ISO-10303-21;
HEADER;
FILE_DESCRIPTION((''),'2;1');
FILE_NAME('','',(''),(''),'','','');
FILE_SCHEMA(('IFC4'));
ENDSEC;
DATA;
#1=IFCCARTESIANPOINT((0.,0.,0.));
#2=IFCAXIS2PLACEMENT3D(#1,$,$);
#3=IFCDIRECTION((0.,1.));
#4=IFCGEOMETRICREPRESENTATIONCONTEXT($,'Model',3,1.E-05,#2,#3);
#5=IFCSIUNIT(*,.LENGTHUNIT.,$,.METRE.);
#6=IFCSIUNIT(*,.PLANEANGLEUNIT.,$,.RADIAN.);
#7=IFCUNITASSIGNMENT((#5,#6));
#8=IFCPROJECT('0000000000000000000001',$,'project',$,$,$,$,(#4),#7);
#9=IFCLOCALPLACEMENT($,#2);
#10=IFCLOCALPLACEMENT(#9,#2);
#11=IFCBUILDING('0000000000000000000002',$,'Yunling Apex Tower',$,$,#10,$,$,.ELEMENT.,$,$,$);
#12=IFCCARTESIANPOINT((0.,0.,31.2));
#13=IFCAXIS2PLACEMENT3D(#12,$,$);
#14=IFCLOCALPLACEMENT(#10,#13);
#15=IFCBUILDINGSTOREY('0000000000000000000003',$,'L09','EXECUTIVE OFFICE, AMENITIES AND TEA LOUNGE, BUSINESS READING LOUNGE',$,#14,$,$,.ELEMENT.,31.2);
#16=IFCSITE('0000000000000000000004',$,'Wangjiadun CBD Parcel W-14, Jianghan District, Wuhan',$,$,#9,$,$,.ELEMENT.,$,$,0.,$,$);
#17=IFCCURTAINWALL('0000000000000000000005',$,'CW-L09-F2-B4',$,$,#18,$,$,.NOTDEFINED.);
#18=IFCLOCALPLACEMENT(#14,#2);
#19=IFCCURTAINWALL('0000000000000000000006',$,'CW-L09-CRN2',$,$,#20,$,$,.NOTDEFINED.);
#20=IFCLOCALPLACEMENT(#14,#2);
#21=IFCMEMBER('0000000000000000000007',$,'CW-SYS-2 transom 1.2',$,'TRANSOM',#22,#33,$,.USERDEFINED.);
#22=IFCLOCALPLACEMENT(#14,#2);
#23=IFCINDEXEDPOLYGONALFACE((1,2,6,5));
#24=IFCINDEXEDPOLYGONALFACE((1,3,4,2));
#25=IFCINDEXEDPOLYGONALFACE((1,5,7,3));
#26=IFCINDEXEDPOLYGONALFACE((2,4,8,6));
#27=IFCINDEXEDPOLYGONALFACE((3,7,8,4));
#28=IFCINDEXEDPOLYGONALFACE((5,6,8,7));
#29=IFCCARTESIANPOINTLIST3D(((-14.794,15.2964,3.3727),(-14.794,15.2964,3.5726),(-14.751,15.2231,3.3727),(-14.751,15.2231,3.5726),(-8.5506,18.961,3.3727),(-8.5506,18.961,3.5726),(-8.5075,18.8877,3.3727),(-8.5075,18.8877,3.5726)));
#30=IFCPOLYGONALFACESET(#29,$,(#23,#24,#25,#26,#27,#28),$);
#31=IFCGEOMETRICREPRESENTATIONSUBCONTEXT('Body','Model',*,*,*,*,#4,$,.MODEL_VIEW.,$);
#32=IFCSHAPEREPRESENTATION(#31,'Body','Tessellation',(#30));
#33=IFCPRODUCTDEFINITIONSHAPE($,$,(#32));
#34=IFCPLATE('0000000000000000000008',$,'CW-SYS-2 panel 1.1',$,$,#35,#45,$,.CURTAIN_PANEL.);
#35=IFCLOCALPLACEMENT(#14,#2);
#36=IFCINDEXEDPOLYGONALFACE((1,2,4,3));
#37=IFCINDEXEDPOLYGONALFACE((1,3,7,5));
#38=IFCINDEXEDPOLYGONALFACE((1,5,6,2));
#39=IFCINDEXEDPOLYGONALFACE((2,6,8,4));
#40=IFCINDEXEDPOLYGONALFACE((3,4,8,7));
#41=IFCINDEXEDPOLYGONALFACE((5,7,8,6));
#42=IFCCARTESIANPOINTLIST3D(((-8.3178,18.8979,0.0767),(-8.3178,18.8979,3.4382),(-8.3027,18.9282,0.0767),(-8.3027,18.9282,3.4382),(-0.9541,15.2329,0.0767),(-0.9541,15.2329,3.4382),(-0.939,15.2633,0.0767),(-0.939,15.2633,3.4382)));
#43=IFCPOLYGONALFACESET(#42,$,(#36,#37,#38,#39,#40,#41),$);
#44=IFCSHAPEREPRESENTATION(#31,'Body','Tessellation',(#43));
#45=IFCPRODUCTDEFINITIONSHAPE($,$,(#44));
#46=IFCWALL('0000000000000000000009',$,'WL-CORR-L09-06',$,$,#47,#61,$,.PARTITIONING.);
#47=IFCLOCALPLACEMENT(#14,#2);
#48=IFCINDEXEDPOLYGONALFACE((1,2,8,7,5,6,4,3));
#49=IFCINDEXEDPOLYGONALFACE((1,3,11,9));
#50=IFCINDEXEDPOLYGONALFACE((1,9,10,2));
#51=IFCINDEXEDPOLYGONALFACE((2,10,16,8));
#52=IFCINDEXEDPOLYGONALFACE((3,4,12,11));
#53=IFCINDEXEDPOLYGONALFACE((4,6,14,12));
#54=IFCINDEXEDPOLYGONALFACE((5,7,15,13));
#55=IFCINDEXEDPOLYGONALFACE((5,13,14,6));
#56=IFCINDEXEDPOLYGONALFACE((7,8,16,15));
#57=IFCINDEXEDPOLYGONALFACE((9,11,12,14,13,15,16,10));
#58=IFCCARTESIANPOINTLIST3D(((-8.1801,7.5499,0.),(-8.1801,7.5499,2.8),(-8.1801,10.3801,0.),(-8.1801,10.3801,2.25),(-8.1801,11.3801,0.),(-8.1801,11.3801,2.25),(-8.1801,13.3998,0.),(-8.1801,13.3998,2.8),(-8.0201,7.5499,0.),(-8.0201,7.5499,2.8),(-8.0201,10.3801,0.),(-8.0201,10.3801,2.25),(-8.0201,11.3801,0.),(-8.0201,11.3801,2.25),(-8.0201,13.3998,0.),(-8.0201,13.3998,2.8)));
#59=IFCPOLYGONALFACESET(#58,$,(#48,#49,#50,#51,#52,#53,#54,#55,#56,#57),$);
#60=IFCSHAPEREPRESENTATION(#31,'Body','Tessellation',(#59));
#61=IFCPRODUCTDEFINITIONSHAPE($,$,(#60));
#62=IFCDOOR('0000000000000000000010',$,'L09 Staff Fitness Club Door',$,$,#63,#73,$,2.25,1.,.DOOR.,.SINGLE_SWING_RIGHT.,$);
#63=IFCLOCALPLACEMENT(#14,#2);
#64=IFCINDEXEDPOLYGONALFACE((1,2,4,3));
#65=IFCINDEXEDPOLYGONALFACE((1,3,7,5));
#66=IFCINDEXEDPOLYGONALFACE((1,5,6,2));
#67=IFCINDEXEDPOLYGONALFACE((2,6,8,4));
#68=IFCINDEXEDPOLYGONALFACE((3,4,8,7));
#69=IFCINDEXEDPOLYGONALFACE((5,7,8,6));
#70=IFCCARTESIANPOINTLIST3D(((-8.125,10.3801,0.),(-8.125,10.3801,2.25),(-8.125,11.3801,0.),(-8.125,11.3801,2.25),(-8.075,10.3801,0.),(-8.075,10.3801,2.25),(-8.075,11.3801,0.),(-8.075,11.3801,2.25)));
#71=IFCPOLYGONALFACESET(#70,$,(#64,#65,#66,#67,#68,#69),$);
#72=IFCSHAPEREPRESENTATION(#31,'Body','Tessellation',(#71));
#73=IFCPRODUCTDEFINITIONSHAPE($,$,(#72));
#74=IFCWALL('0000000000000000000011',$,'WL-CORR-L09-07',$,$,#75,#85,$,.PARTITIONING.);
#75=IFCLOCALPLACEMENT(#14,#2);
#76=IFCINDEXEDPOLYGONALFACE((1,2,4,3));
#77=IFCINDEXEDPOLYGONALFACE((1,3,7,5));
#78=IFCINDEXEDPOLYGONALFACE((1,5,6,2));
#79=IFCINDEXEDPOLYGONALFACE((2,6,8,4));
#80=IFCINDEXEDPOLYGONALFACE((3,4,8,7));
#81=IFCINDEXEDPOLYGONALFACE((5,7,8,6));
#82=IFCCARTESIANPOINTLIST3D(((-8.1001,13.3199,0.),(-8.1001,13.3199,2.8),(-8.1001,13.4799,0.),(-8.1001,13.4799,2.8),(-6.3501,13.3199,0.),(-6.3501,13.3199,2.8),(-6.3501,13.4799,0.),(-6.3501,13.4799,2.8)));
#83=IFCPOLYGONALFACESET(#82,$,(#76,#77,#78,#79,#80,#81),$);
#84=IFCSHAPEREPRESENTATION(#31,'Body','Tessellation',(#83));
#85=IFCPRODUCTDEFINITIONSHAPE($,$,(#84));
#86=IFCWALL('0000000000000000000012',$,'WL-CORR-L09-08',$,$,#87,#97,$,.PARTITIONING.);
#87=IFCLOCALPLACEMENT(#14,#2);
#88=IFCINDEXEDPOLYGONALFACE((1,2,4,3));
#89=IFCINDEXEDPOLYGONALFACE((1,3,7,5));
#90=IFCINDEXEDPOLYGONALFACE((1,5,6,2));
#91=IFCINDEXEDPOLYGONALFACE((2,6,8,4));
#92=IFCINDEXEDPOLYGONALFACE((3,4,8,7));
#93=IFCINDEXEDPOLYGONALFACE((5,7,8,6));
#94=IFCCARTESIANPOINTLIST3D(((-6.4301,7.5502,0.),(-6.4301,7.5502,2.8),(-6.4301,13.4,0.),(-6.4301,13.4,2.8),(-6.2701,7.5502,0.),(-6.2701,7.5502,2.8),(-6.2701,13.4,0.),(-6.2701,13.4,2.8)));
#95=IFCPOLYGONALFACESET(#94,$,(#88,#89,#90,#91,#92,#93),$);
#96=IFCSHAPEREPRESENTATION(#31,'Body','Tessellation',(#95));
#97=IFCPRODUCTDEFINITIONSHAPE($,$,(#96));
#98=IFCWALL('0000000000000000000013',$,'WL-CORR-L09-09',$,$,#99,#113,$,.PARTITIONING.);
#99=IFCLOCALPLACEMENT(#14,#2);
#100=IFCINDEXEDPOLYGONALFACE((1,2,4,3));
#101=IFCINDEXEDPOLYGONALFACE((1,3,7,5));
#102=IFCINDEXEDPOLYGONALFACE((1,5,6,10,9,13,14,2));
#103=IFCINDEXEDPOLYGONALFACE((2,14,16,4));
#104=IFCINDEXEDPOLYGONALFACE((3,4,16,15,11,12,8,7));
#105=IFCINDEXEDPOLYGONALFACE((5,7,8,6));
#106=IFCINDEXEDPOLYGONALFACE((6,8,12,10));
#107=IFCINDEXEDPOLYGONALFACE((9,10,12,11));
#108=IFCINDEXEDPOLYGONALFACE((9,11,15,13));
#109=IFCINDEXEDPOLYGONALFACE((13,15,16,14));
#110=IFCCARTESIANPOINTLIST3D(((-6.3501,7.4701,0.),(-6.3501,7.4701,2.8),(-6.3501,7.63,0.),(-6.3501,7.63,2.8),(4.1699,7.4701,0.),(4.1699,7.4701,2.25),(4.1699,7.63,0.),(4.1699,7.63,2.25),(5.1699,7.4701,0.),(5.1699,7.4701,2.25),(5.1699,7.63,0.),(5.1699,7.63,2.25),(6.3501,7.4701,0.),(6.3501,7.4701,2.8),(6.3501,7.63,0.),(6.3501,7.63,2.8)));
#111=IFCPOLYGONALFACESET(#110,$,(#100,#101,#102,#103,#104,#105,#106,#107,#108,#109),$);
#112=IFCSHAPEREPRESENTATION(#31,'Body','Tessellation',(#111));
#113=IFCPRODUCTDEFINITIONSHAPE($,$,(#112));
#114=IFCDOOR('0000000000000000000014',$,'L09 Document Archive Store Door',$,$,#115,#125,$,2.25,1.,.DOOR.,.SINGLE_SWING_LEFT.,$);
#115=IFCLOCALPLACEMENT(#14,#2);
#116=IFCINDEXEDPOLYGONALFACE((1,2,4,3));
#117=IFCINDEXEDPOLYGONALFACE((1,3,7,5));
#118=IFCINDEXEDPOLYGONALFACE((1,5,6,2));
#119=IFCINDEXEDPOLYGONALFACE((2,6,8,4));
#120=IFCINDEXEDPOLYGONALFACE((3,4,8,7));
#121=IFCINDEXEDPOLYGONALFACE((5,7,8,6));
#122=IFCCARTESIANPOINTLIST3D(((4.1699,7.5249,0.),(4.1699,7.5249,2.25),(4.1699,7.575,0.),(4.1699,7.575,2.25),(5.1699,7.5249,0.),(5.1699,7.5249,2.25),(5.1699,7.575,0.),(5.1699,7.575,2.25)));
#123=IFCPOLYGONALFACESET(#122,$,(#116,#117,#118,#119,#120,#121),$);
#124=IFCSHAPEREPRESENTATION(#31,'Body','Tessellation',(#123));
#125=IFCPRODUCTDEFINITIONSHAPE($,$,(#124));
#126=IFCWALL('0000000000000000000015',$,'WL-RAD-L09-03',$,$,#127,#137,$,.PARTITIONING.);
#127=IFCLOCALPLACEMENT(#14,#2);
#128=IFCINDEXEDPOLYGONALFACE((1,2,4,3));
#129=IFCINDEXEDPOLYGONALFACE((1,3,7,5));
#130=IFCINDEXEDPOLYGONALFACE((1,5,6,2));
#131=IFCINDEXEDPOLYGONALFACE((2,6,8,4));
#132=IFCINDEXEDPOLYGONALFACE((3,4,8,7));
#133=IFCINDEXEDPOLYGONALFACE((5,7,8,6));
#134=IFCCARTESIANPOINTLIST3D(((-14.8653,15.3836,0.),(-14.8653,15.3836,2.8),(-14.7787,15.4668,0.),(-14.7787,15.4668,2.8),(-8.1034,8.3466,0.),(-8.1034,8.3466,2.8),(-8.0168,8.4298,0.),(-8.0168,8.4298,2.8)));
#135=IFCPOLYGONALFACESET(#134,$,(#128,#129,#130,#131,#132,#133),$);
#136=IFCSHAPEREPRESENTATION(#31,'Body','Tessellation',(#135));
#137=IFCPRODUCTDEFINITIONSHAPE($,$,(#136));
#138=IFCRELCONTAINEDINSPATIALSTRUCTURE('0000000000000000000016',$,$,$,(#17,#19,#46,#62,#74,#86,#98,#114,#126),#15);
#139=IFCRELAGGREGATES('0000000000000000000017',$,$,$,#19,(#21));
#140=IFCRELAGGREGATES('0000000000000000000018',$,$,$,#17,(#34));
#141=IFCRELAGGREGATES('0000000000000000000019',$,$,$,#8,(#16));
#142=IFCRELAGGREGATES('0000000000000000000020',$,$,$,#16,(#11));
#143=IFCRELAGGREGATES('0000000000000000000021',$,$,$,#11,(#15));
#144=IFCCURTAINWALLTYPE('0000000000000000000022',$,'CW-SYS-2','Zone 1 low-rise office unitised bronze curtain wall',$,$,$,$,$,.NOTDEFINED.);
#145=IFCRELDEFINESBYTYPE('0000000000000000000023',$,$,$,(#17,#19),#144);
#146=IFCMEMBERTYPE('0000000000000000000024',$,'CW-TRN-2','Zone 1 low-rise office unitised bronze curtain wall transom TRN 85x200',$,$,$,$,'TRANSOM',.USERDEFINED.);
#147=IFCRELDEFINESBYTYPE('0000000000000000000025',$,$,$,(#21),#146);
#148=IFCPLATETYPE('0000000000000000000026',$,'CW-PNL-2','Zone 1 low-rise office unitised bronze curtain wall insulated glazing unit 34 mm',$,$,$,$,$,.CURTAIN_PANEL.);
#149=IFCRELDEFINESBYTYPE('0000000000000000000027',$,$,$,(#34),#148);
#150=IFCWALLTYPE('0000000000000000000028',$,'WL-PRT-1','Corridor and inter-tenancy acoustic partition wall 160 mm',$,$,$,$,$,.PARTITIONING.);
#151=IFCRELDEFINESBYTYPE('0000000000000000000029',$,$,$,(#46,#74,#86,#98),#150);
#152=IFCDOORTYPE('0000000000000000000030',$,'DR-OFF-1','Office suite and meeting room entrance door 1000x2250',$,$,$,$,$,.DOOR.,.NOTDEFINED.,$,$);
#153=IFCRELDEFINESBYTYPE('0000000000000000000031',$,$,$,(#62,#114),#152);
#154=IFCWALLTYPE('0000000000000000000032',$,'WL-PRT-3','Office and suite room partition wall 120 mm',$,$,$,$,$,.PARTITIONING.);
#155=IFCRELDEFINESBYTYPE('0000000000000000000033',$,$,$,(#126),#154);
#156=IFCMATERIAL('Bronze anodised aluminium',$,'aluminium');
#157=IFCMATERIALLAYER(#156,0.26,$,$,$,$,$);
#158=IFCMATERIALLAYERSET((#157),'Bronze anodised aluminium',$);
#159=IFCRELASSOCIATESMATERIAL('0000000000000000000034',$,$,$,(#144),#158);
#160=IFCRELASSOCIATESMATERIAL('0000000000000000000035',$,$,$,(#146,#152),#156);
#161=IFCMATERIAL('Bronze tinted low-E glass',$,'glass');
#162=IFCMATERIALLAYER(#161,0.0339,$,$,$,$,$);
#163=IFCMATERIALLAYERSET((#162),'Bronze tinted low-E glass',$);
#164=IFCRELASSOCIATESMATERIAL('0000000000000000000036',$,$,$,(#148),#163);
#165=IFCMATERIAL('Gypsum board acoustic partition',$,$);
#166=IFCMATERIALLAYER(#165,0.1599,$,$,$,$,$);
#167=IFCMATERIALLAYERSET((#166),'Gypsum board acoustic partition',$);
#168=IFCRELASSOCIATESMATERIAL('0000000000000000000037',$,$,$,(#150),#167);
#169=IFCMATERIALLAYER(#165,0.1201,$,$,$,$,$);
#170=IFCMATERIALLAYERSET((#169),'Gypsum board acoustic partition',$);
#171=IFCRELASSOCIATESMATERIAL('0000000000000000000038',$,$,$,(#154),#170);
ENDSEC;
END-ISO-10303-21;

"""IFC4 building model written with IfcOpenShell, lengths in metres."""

from ifc_helpers import new_model, si_unit, direction, frame, frame_2d, origin, origin_2d, place, context, subcontext, project, spatial, rectangle, extrude, source, transform, mapped, material, layer, layer_set, material_profile, profile_set, type_object, element, fill, aggregate, save


model = new_model("IFC4")

# Units and contexts
model_context = context("Model", 3, precision=1e-05, world=origin(), true_north=direction((0.0, 1.0)))
body_context = subcontext(model_context, "Body", "Model", "MODEL_VIEW")
ifc_project = project(units=[si_unit("LENGTHUNIT", "METRE"), si_unit("PLANEANGLEUNIT", "RADIAN")], contexts=[model_context])

# Site, building, storey
site_placement = place(None, origin())
site = spatial("IfcSite", under=ifc_project, at=site_placement, Name="Wangjiadun CBD Parcel W-14, Jianghan District, Wuhan", CompositionType="ELEMENT", RefElevation=0.0)
building_placement = place(site_placement, origin())
building = spatial("IfcBuilding", under=site, at=building_placement, Name="Yunling Apex Tower", CompositionType="ELEMENT")
storey_placement = place(building_placement, frame((0.0, 0.0, 31.2)))
storey = spatial("IfcBuildingStorey", under=building, at=storey_placement, Name="L09", Description="EXECUTIVE OFFICE, AMENITIES AND TEA LOUNGE, BUSINESS READING LOUNGE", CompositionType="ELEMENT", Elevation=31.2)

# Curtain wall
ifc_material_1 = material(Name="Bronze anodised aluminium", Category="aluminium")
ifc_layer_1 = layer(ifc_material_1, 0.26)
ifc_layer_set_1 = layer_set([ifc_layer_1], Name="Bronze anodised aluminium")
curtain_wall_type = type_object("IfcCurtainWallType", Name="CW-SYS-2", Description="Zone 1 low-rise office unitised bronze curtain wall", PredefinedType="NOTDEFINED", material=ifc_layer_set_1)
curtain_wall_1_placement = place(storey_placement, origin())
curtain_wall_1 = element("IfcCurtainWall", 1, at=curtain_wall_1_placement, inside=storey, type_object=curtain_wall_type, Name="CW-L09-F2-B4", PredefinedType="NOTDEFINED")

# Curtain wall, member
curtain_wall_2_placement = place(storey_placement, origin())
curtain_wall_2 = element("IfcCurtainWall", 2, at=curtain_wall_2_placement, inside=storey, type_object=curtain_wall_type, Name="CW-L09-CRN2", PredefinedType="NOTDEFINED")
ifc_material_profile_1 = material_profile(ifc_material_1, rectangle(XDim=0.085, YDim=0.2, at=origin_2d()))
ifc_profile_set_1 = profile_set([ifc_material_profile_1], Name="Bronze anodised aluminium")
member_type_1 = type_object("IfcMemberType", Name="CW-TRN-2", Description="Zone 1 low-rise office unitised bronze curtain wall transom TRN 85x200", ElementType="TRANSOM", PredefinedType="USERDEFINED", material=ifc_profile_set_1)
shared_shape_1 = source(origin(), body_context, "Body", "SweptSolid", [
    extrude(rectangle(XDim=0.085, YDim=0.2, at=origin_2d()), origin(), (0.0, 0.0, 1.0), 7.2395),
])
member_1_placement = place(storey_placement, frame((-8.5291, 18.9243, 3.4727), z_axis=(-0.862419, -0.506195, 0.0), x_axis=(0.506195, -0.862419, 0.0)))
member_1 = element("IfcMember", 3, at=member_1_placement, type_object=member_type_1, Name="CW-SYS-2 transom 1.2", ObjectType="TRANSOM", PredefinedType="USERDEFINED", context=body_context, shape_type="MappedRepresentation", body=[
    mapped(shared_shape_1, transform((0.0, 0.0, 0.0), scale=1.0)),
])
aggregate(curtain_wall_2, [member_1])

# Plate
ifc_material_2 = material(Name="Bronze tinted low-E glass", Category="glass")
ifc_layer_2 = layer(ifc_material_2, 0.0339)
ifc_layer_set_2 = layer_set([ifc_layer_2], Name="Bronze tinted low-E glass")
plate_type = type_object("IfcPlateType", Name="CW-PNL-2", Description="Zone 1 low-rise office unitised bronze curtain wall insulated glazing unit 34 mm", PredefinedType="CURTAIN_PANEL", material=ifc_layer_set_2)
shared_shape_2 = source(origin(), body_context, "Body", "SweptSolid", [
    extrude(rectangle(XDim=8.2253, YDim=0.0339, at=origin_2d()), origin(), (0.0, 0.0, 1.0), 3.3616),
])
plate_placement = place(storey_placement, frame((-4.6284, 17.0806, 0.0767), z_axis=(0.0, 0.0, 1.0), x_axis=(-0.895247, 0.445571, 0.0)))
plate = element("IfcPlate", 4, at=plate_placement, type_object=plate_type, Name="CW-SYS-2 panel 1.1", PredefinedType="CURTAIN_PANEL", context=body_context, shape_type="MappedRepresentation", body=[
    mapped(shared_shape_2, transform((0.0, 0.0, 0.0), scale=1.0)),
])
aggregate(curtain_wall_1, [plate])

# Wall, opening, door
ifc_material_3 = material(Name="Gypsum board acoustic partition")
ifc_layer_3 = layer(ifc_material_3, 0.1599)
ifc_layer_set_3 = layer_set([ifc_layer_3], Name="Gypsum board acoustic partition")
wall_type_1 = type_object("IfcWallType", Name="WL-PRT-1", Description="Corridor and inter-tenancy acoustic partition wall 160 mm", PredefinedType="PARTITIONING", material=ifc_layer_set_3)
wall_1_placement = place(storey_placement, frame((-8.1001, 7.55, 0.0), z_axis=(0.0, 0.0, 1.0), x_axis=(0.0, 1.0, 0.0)))
wall_1 = element("IfcWall", 5, at=wall_1_placement, inside=storey, type_object=wall_type_1, Name="WL-CORR-L09-06", PredefinedType="PARTITIONING", context=body_context, shape_type="SweptSolid", body=[
    extrude(rectangle(XDim=5.8499, YDim=0.1599, at=frame_2d((2.9248, 0.0))), origin(), (0.0, 0.0, 1.0), 2.8),
])
opening_1_placement = place(wall_1_placement, frame((2.8301, 0.0, 0.0)))
opening_1 = element("IfcOpeningElement", 6, at=opening_1_placement, cuts=wall_1, PredefinedType="OPENING", context=body_context, shape_type="SweptSolid", body=[
    extrude(rectangle(XDim=1.0, YDim=2.25, at=frame_2d((0.5, 1.125))), frame((0.0, 0.0898, 0.0), z_axis=(0.0, -1.0, 0.0), x_axis=(1.0, 0.0, 0.0)), (0.0, 0.0, 1.0), 0.1799),
])
door_type = type_object("IfcDoorType", Name="DR-OFF-1", Description="Office suite and meeting room entrance door 1000x2250", OperationType="NOTDEFINED", PredefinedType="DOOR", material=ifc_material_1)
door_1_placement = place(opening_1_placement, origin())
door_1 = element("IfcDoor", 7, at=door_1_placement, inside=storey, type_object=door_type, Name="L09 Staff Fitness Club Door", OperationType="SINGLE_SWING_RIGHT", OverallHeight=2.25, OverallWidth=1.0, PredefinedType="DOOR", context=body_context, shape_type="SweptSolid", body=[
    extrude(rectangle(XDim=1.0, YDim=2.25, at=frame_2d((0.5, 1.125))), frame((0.0, 0.0249, 0.0), z_axis=(0.0, -1.0, 0.0), x_axis=(1.0, 0.0, 0.0)), (0.0, 0.0, 1.0), 0.05),
])
fill(opening_1, door_1)

# Walls
wall_2_placement = place(storey_placement, frame((-8.1001, 13.3999, 0.0), z_axis=(0.0, 0.0, 1.0), x_axis=(1.0, 0.0, 0.0)))
element("IfcWall", 8, at=wall_2_placement, inside=storey, type_object=wall_type_1, Name="WL-CORR-L09-07", PredefinedType="PARTITIONING", context=body_context, shape_type="SweptSolid", body=[
    extrude(rectangle(XDim=1.75, YDim=0.1599, at=frame_2d((0.875, 0.0))), origin(), (0.0, 0.0, 1.0), 2.8),
])
wall_3_placement = place(storey_placement, frame((-6.3501, 13.3999, 0.0), z_axis=(0.0, 0.0, 1.0), x_axis=(0.0, -1.0, 0.0)))
element("IfcWall", 9, at=wall_3_placement, inside=storey, type_object=wall_type_1, Name="WL-CORR-L09-08", PredefinedType="PARTITIONING", context=body_context, shape_type="SweptSolid", body=[
    extrude(rectangle(XDim=5.8499, YDim=0.1599, at=frame_2d((2.9248, 0.0))), origin(), (0.0, 0.0, 1.0), 2.8),
])

# Wall, opening, door
wall_4_placement = place(storey_placement, frame((-6.3501, 7.55, 0.0), z_axis=(0.0, 0.0, 1.0), x_axis=(1.0, 0.0, 0.0)))
wall_4 = element("IfcWall", 10, at=wall_4_placement, inside=storey, type_object=wall_type_1, Name="WL-CORR-L09-09", PredefinedType="PARTITIONING", context=body_context, shape_type="SweptSolid", body=[
    extrude(rectangle(XDim=12.7002, YDim=0.1599, at=frame_2d((6.3501, 0.0))), origin(), (0.0, 0.0, 1.0), 2.8),
])
opening_2_placement = place(wall_4_placement, frame((10.52, 0.0, 0.0)))
opening_2 = element("IfcOpeningElement", 11, at=opening_2_placement, cuts=wall_4, PredefinedType="OPENING", context=body_context, shape_type="SweptSolid", body=[
    extrude(rectangle(XDim=1.0, YDim=2.25, at=frame_2d((0.5, 1.125))), frame((0.0, 0.0898, 0.0), z_axis=(0.0, -1.0, 0.0), x_axis=(1.0, 0.0, 0.0)), (0.0, 0.0, 1.0), 0.1799),
])
door_2_placement = place(opening_2_placement, origin())
door_2 = element("IfcDoor", 12, at=door_2_placement, inside=storey, type_object=door_type, Name="L09 Document Archive Store Door", OperationType="SINGLE_SWING_LEFT", OverallHeight=2.25, OverallWidth=1.0, PredefinedType="DOOR", context=body_context, shape_type="SweptSolid", body=[
    extrude(rectangle(XDim=1.0, YDim=2.25, at=frame_2d((0.5, 1.125))), frame((0.0, 0.0249, 0.0), z_axis=(0.0, -1.0, 0.0), x_axis=(1.0, 0.0, 0.0)), (0.0, 0.0, 1.0), 0.05),
])
fill(opening_2, door_2)

# Wall
ifc_layer_4 = layer(ifc_material_3, 0.1201)
ifc_layer_set_4 = layer_set([ifc_layer_4], Name="Gypsum board acoustic partition")
wall_type_2 = type_object("IfcWallType", Name="WL-PRT-3", Description="Office and suite room partition wall 120 mm", PredefinedType="PARTITIONING", material=ifc_layer_set_4)
wall_5_placement = place(storey_placement, frame((-8.0601, 8.3882, 0.0), z_axis=(0.0, 0.0, 1.0), x_axis=(-0.69287, 0.721063, 0.0)))
element("IfcWall", 13, at=wall_5_placement, inside=storey, type_object=wall_type_2, Name="WL-RAD-L09-03", PredefinedType="PARTITIONING", context=body_context, shape_type="SweptSolid", body=[
    extrude(rectangle(XDim=9.7593, YDim=0.1201, at=frame_2d((4.8796, 0.0))), origin(), (0.0, 0.0, 1.0), 2.8),
])

save(model, "model.ifc")
